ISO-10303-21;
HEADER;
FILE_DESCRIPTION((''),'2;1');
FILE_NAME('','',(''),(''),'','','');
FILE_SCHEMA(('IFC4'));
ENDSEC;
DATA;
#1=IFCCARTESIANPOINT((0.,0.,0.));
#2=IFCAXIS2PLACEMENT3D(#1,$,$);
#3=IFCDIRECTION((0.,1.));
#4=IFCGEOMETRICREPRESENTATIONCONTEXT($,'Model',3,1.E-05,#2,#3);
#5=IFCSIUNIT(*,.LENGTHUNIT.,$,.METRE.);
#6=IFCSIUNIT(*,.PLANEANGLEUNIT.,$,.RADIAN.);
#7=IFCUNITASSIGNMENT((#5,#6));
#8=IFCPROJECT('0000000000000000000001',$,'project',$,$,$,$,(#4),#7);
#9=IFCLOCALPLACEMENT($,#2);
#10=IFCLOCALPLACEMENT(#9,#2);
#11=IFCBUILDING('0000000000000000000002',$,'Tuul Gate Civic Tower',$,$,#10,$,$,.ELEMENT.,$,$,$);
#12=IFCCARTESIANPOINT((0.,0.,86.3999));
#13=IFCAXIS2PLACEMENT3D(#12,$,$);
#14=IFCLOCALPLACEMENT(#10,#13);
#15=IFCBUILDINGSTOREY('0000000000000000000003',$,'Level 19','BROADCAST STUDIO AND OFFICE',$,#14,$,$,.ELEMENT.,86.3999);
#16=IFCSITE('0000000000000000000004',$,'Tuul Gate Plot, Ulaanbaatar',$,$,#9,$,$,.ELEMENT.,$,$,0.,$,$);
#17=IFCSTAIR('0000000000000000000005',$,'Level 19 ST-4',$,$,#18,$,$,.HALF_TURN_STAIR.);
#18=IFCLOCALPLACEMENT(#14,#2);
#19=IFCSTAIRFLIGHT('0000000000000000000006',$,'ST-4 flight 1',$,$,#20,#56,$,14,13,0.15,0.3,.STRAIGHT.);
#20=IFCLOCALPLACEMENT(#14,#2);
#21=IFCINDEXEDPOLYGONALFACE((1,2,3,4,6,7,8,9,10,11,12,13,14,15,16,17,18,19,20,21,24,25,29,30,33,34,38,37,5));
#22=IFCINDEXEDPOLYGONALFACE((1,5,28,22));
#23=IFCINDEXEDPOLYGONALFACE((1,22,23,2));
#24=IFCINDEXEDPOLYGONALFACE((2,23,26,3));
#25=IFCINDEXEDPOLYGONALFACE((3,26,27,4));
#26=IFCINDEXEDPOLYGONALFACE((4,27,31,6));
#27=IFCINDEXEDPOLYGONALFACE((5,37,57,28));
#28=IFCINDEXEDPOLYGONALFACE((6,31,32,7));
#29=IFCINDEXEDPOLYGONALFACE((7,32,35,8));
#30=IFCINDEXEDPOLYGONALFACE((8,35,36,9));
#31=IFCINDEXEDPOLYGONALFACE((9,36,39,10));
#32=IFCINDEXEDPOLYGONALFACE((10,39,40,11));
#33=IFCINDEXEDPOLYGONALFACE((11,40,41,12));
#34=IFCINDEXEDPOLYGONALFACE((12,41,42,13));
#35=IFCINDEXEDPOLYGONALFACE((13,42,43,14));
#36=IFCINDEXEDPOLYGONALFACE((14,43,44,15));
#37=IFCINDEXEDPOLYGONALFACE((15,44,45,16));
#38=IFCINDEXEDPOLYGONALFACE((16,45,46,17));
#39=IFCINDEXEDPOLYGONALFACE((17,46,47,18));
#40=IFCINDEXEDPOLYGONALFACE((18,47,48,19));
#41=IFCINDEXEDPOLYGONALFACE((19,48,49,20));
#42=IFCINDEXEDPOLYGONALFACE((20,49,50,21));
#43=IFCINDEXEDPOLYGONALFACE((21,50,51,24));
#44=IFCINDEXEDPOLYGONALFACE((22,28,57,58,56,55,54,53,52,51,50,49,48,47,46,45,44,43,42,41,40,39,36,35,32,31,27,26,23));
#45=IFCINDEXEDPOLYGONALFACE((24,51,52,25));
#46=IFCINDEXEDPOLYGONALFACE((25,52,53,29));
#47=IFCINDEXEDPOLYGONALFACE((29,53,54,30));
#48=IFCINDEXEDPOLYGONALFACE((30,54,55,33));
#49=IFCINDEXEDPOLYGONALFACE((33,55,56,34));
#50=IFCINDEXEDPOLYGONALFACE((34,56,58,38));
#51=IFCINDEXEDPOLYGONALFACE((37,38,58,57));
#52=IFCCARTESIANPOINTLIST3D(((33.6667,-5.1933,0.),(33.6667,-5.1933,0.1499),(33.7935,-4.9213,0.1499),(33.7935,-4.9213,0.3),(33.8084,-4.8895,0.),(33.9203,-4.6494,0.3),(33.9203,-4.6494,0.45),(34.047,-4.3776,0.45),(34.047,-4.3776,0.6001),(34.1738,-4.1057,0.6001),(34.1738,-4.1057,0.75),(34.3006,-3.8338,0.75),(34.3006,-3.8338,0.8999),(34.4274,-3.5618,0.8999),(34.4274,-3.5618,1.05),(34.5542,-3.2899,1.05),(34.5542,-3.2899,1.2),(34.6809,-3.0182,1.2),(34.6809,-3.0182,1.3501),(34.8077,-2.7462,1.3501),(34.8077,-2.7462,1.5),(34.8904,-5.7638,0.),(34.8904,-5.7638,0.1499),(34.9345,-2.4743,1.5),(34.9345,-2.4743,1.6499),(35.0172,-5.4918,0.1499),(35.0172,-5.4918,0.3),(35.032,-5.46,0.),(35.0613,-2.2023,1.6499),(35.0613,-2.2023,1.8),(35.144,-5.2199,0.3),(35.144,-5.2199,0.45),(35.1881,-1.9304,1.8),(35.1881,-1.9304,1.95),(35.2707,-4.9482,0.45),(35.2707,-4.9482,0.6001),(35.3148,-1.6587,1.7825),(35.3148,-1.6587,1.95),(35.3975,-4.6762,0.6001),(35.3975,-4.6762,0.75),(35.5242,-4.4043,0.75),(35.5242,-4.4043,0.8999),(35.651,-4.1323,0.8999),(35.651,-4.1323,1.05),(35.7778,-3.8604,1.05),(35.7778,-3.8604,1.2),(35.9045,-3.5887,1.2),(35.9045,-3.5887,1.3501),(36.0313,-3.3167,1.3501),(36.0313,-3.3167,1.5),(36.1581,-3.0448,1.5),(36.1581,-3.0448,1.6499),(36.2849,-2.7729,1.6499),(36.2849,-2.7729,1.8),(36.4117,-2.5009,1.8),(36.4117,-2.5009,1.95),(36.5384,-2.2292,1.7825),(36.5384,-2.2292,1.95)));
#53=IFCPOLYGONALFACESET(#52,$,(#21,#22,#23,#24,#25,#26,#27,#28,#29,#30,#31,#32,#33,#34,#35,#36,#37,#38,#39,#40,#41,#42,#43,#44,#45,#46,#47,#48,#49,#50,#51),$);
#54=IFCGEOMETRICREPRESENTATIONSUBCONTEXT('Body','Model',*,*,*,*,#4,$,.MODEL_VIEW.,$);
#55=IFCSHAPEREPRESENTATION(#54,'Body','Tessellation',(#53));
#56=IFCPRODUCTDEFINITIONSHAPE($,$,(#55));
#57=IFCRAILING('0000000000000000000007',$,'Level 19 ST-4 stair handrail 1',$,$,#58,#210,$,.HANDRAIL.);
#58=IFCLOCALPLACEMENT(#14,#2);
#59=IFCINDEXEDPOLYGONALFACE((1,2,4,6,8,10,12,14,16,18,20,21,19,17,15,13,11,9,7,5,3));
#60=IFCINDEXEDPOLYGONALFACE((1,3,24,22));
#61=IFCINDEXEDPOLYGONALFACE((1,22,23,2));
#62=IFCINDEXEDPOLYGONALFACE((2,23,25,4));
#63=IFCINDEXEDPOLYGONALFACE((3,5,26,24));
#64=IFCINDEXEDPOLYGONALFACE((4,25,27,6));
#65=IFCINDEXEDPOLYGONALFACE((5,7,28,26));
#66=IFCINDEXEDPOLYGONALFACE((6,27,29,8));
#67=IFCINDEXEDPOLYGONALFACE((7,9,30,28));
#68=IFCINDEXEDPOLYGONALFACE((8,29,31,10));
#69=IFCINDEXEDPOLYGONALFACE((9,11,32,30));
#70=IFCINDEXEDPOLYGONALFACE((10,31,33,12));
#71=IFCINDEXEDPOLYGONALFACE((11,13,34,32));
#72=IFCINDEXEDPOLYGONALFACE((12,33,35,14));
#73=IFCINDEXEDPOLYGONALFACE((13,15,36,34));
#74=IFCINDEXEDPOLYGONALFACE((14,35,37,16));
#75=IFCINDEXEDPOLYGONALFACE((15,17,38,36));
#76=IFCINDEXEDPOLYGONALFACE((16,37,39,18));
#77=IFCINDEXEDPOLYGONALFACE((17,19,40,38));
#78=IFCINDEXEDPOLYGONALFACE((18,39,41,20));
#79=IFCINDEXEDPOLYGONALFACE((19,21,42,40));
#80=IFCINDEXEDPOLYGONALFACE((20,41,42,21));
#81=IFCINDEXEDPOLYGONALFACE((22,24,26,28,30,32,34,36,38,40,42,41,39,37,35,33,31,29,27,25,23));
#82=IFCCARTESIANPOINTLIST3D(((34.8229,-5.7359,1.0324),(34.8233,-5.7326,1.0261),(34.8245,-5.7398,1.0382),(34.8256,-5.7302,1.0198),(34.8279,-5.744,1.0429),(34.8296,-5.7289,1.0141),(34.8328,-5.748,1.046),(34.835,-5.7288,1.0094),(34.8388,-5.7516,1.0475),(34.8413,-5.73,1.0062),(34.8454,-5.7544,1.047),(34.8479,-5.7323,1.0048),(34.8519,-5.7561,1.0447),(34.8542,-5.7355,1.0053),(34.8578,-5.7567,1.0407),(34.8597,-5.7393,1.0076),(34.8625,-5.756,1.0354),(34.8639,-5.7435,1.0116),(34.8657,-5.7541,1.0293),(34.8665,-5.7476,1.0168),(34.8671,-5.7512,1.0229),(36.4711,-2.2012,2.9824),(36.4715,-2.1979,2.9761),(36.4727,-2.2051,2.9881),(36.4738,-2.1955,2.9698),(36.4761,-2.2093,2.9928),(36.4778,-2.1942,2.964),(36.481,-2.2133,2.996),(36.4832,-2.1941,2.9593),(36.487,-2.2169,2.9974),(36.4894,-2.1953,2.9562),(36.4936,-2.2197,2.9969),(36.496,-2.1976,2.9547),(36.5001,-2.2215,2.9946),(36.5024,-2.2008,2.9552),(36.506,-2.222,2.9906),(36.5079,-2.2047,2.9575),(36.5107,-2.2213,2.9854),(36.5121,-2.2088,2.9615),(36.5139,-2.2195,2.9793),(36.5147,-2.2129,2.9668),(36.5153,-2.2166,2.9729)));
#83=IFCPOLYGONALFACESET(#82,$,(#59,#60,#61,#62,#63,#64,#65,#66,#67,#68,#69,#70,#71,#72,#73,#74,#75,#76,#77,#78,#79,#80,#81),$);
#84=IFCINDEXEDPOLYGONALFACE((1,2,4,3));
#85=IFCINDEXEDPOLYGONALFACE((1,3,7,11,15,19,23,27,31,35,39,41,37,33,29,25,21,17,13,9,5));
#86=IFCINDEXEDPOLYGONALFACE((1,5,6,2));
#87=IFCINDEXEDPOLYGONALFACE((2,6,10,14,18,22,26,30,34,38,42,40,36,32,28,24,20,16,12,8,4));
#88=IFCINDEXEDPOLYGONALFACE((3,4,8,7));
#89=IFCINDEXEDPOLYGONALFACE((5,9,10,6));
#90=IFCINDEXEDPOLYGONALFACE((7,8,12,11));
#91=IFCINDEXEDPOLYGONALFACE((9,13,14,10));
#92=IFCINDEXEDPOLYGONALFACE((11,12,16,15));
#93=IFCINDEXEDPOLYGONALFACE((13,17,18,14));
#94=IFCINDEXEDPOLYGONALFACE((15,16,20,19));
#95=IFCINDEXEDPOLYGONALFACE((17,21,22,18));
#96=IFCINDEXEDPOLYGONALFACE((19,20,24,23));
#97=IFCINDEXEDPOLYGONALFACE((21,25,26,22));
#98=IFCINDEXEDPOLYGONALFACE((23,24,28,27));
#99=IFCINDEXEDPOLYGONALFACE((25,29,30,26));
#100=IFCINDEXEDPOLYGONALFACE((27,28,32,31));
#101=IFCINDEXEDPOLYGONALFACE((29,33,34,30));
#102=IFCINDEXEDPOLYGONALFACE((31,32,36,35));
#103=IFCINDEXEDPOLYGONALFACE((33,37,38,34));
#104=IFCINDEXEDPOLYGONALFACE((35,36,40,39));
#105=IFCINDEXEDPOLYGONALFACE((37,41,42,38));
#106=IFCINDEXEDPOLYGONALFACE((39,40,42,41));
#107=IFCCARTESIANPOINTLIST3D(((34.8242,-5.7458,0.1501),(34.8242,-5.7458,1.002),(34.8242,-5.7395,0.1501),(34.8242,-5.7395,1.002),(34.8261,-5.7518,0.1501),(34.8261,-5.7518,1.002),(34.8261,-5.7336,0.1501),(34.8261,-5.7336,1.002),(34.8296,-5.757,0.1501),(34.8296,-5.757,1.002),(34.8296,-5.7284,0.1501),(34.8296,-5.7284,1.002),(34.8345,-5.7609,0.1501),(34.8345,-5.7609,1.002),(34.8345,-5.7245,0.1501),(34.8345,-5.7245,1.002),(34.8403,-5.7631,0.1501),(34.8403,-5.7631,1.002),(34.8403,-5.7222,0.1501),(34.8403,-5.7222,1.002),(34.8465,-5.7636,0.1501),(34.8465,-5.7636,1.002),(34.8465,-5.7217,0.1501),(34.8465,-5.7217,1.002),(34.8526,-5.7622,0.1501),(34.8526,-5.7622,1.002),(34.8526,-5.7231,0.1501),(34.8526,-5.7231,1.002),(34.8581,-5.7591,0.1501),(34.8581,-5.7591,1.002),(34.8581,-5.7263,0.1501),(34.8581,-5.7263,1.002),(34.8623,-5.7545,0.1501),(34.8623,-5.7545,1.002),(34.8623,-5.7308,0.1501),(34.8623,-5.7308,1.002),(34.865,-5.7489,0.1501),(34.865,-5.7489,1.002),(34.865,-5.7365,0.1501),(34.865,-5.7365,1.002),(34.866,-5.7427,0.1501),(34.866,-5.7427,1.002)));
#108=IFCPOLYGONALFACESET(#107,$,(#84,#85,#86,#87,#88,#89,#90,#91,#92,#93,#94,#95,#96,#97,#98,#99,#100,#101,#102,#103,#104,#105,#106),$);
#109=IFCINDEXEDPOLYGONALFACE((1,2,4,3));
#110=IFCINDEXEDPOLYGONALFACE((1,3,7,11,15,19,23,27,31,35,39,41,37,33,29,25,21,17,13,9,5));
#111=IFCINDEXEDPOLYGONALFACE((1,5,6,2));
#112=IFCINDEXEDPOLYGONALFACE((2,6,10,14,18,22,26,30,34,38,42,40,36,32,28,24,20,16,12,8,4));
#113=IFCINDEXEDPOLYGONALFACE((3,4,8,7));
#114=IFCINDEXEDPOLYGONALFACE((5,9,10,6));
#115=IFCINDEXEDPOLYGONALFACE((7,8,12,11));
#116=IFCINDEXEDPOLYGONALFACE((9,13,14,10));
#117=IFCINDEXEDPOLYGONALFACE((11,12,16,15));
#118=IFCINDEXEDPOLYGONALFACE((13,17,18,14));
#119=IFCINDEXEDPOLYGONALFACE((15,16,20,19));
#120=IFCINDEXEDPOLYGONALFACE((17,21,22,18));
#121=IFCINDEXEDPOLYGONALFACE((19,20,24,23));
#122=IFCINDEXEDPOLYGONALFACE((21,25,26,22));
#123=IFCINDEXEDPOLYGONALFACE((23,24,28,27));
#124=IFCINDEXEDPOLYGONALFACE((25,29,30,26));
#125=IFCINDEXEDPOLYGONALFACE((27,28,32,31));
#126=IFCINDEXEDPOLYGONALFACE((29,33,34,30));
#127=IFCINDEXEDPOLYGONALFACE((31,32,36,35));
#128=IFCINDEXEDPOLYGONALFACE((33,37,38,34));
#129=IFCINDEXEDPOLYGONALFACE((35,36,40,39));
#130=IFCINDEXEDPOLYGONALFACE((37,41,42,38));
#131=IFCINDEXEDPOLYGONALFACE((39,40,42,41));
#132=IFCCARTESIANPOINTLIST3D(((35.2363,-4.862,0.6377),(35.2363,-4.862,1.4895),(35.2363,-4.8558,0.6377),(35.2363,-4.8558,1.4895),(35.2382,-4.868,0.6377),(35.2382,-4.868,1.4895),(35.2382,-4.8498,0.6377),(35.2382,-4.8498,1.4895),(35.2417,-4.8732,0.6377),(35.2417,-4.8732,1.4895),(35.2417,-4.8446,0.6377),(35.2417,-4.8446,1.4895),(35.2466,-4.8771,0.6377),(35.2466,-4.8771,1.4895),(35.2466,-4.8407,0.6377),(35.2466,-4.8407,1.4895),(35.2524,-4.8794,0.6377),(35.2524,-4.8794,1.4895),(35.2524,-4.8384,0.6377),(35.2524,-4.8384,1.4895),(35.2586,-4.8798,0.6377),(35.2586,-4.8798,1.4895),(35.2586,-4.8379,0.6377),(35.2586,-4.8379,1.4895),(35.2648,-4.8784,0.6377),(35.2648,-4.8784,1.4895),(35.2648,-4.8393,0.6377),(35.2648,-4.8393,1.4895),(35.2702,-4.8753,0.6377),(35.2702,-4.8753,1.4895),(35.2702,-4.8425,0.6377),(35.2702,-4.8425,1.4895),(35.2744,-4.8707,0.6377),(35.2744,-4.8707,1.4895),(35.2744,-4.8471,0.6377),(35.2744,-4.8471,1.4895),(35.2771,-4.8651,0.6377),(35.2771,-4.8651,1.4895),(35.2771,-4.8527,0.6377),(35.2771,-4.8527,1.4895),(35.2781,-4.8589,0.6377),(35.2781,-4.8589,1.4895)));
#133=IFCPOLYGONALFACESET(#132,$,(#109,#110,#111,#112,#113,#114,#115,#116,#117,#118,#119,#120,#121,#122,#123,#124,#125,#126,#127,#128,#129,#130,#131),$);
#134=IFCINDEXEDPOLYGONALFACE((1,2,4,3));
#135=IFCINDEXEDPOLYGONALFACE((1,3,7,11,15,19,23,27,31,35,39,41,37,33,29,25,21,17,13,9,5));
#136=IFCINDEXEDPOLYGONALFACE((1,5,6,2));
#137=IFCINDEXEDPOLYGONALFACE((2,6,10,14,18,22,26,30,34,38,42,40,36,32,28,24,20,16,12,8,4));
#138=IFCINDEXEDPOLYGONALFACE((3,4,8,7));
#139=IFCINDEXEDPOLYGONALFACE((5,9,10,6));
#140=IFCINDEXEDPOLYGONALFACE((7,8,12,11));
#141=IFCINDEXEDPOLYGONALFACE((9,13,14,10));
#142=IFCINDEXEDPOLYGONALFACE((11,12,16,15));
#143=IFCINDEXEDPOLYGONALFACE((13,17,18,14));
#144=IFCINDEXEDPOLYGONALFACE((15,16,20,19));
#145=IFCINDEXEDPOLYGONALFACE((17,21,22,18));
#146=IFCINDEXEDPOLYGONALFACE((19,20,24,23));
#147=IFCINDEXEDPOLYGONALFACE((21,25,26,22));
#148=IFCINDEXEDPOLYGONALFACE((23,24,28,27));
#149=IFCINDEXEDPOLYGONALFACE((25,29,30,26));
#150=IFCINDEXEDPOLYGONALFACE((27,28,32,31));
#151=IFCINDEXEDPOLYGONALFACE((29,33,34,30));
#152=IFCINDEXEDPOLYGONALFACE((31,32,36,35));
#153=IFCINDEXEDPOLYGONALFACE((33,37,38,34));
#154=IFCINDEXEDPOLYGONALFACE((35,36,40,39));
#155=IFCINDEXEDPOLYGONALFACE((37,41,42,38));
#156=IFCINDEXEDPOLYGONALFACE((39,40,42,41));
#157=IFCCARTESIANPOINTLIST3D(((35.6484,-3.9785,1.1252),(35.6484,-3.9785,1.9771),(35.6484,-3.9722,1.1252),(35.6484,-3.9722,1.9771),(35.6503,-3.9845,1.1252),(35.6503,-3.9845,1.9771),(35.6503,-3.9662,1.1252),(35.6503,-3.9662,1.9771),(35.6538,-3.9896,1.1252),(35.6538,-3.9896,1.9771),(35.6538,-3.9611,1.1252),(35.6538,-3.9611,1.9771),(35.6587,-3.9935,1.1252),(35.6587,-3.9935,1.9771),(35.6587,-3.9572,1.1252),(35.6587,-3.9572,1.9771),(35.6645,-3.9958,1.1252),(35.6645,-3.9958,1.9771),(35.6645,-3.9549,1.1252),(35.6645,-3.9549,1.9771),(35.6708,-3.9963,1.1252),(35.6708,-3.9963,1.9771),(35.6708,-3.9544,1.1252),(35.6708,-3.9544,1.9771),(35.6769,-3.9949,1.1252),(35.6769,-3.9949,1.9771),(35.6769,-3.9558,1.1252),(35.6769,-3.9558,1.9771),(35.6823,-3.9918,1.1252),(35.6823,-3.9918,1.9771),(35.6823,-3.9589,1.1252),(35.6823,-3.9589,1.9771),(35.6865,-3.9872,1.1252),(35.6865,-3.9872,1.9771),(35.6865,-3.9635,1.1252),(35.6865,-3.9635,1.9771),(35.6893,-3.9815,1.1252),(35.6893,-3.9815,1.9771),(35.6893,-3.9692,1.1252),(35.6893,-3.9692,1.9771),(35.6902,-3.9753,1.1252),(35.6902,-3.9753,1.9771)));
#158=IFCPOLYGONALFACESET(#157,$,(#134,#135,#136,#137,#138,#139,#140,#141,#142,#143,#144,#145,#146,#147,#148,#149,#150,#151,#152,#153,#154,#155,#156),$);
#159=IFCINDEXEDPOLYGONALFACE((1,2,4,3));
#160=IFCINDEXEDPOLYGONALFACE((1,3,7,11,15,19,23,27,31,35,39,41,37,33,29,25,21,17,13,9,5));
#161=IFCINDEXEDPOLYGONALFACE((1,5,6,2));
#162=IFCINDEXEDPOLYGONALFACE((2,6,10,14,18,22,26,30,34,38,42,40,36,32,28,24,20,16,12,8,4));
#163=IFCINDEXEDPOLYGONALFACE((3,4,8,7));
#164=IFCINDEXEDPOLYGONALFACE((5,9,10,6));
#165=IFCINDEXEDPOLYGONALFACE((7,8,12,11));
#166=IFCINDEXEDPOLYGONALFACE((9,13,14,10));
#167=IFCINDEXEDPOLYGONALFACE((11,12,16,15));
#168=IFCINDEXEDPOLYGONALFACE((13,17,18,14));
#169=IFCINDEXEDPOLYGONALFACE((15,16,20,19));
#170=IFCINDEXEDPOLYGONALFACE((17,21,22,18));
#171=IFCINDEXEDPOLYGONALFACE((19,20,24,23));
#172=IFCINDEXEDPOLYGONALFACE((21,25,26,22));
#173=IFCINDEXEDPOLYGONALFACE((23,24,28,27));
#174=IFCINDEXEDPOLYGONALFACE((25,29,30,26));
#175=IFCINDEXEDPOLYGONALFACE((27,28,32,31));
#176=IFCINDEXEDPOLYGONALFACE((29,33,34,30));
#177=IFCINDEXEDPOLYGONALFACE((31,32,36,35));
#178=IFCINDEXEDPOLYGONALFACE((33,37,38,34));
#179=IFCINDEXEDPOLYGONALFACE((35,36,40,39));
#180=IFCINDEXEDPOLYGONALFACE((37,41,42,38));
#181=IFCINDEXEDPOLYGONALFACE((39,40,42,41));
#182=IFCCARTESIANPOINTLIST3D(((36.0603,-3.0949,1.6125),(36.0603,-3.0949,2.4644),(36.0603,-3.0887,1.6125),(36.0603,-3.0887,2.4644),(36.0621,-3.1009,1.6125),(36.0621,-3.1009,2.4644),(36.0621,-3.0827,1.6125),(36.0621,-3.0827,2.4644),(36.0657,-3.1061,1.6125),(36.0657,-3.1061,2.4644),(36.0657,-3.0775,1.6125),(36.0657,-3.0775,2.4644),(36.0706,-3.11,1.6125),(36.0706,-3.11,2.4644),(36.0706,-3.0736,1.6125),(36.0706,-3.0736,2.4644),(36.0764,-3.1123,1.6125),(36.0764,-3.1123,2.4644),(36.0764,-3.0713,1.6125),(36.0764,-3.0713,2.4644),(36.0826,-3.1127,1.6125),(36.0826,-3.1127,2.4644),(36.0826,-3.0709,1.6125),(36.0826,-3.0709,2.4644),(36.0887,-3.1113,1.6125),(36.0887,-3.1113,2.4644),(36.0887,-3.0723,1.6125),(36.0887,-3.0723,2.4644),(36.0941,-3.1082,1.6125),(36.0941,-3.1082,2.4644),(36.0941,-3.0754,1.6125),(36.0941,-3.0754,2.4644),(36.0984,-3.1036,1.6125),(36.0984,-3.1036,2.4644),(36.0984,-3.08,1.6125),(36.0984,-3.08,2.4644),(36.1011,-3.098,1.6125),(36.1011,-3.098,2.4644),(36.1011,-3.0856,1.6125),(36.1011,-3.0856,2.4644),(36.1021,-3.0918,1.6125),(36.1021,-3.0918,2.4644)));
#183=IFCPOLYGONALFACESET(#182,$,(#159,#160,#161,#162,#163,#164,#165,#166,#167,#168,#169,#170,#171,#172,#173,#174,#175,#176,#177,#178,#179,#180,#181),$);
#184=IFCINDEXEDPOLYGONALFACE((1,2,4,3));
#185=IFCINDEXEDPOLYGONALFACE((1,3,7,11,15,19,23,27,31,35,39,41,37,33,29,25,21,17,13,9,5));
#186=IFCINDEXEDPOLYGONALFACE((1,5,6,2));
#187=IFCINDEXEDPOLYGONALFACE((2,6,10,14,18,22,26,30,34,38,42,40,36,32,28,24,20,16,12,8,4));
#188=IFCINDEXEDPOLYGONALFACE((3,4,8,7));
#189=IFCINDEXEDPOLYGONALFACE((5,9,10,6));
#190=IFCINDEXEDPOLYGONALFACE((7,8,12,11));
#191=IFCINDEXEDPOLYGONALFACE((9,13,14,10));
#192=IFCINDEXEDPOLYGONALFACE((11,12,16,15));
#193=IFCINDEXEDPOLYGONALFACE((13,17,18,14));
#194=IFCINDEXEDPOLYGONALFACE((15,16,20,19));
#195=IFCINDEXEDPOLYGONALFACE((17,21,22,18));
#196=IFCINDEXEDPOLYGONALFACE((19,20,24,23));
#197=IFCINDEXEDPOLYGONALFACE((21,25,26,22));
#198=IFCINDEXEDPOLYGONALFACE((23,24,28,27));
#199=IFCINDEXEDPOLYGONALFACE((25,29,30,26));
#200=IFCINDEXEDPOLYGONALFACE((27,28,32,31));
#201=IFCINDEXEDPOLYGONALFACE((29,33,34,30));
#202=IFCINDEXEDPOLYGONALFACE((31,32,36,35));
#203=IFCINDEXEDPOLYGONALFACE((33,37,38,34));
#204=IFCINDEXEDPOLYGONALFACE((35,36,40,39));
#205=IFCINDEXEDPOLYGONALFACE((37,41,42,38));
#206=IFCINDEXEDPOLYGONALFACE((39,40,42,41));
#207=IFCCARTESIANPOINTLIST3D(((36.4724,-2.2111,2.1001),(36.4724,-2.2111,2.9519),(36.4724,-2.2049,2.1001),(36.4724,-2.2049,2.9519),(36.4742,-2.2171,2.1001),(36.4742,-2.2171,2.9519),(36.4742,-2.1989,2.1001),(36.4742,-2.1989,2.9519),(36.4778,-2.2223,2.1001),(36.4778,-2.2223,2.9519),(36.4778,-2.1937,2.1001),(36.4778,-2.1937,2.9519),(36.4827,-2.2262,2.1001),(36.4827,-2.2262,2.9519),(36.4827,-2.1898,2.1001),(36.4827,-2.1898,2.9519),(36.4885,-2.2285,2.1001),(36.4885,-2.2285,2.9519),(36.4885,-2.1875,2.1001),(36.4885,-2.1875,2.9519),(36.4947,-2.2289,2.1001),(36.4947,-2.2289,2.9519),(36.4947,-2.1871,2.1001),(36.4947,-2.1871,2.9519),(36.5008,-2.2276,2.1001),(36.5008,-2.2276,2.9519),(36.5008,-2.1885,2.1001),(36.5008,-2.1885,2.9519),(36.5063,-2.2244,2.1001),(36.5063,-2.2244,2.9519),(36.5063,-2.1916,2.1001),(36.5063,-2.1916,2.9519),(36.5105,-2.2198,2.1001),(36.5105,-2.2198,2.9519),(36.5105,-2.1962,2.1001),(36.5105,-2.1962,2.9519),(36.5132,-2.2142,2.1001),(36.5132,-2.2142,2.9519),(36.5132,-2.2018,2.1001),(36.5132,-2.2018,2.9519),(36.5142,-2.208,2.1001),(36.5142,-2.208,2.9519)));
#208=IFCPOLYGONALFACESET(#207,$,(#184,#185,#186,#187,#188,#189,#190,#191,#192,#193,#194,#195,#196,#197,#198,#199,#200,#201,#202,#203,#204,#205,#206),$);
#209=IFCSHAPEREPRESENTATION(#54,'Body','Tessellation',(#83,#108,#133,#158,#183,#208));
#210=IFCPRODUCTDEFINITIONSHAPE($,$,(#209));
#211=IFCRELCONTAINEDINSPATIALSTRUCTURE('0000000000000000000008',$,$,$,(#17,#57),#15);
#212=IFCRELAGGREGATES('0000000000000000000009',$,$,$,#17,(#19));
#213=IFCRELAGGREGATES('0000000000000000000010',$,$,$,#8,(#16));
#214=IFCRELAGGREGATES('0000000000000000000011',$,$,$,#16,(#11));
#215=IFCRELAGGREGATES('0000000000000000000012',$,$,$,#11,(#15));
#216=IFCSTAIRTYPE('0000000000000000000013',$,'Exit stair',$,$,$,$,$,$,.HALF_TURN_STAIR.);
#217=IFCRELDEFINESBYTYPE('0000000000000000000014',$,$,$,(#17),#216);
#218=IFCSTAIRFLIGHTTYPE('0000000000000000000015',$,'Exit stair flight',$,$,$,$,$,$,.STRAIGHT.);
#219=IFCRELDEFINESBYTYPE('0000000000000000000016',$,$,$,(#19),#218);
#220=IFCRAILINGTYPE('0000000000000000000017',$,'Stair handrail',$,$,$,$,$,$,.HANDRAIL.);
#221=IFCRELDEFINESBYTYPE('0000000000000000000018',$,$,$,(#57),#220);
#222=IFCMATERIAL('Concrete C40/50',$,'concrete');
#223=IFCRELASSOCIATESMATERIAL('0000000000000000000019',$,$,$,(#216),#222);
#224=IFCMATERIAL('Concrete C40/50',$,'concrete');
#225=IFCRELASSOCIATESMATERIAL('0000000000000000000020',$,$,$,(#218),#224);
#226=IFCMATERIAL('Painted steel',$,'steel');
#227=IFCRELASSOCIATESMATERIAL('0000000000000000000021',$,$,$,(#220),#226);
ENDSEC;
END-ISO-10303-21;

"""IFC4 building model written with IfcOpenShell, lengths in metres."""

from ifc_helpers import new_model, si_unit, direction, frame, origin, origin_2d, place, context, subcontext, project, spatial, polyline, circle, outline, extrude, material, type_object, element, aggregate, save


model = new_model("IFC4")

# Units and contexts
model_context = context("Model", 3, precision=1e-05, world=origin(), true_north=direction((0.0, 1.0)))
body_context = subcontext(model_context, "Body", "Model", "MODEL_VIEW")
ifc_project = project(units=[si_unit("LENGTHUNIT", "METRE"), si_unit("PLANEANGLEUNIT", "RADIAN")], contexts=[model_context])

# Site, building, storey
site_placement = place(None, origin())
site = spatial("IfcSite", under=ifc_project, at=site_placement, Name="Tuul Gate Plot, Ulaanbaatar", CompositionType="ELEMENT", RefElevation=0.0)
building_placement = place(site_placement, origin())
building = spatial("IfcBuilding", under=site, at=building_placement, Name="Tuul Gate Civic Tower", CompositionType="ELEMENT")
storey_placement = place(building_placement, frame((0.0, 0.0, 86.3999)))
storey = spatial("IfcBuildingStorey", under=building, at=storey_placement, Name="Level 19", Description="BROADCAST STUDIO AND OFFICE", CompositionType="ELEMENT", Elevation=86.3999)

# Stair, stair flight
ifc_material_1 = material(Name="Concrete C40/50", Category="concrete")
stair_type = type_object("IfcStairType", Name="Exit stair", PredefinedType="HALF_TURN_STAIR", material=ifc_material_1)
stair_placement = place(storey_placement, origin())
stair = element("IfcStair", 1, at=stair_placement, inside=storey, type_object=stair_type, Name="Level 19 ST-4", PredefinedType="HALF_TURN_STAIR")
ifc_material_2 = material(Name="Concrete C40/50", Category="concrete")
stair_flight_type = type_object("IfcStairFlightType", Name="Exit stair flight", PredefinedType="STRAIGHT", material=ifc_material_2)
stair_flight_placement = place(storey_placement, frame((34.2786, -5.4785, 0.0), z_axis=(0.0, 0.0, 1.0), x_axis=(0.422576, 0.906327, 0.0)))
stair_flight = element("IfcStairFlight", 2, at=stair_flight_placement, type_object=stair_flight_type, Name="ST-4 flight 1", NumberOfRisers=14, NumberOfTreads=13, PredefinedType="STRAIGHT", RiserHeight=0.15, TreadLength=0.3, context=body_context, shape_type="SweptSolid", body=[
    extrude(outline(polyline([(0.0, 0.0), (0.0, 0.1499), (0.3, 0.1499), (0.3, 0.3), (0.6001, 0.3), (0.6001, 0.45), (0.8999, 0.45), (0.8999, 0.6001), (1.2, 0.6001), (1.2, 0.75), (1.5, 0.75), (1.5, 0.8999), (1.8, 0.8999), (1.8, 1.05), (2.1001, 1.05), (2.1001, 1.2), (2.3999, 1.2), (2.3999, 1.3501), (2.7, 1.3501), (2.7, 1.5), (3.0, 1.5), (3.0, 1.6499), (3.3, 1.6499), (3.3, 1.8), (3.6001, 1.8), (3.6001, 1.95), (3.8999, 1.95), (3.8999, 2.1001), (3.8999, 1.7825), (0.3352, 0.0), (0.0, 0.0)])), frame((0.0, 0.675, 0.0), z_axis=(0.0, -1.0, 0.0), x_axis=(1.0, 0.0, 0.0)), (0.0, 0.0, 1.0), 1.3501),
])
aggregate(stair, [stair_flight])

# Railing
ifc_material_3 = material(Name="Painted steel", Category="steel")
railing_type_1 = type_object("IfcRailingType", Name="Stair handrail", PredefinedType="HANDRAIL", material=ifc_material_3)
railing_1_placement = place(storey_placement, frame((34.845, -5.7427, 0.1501)))
element("IfcRailing", 3, at=railing_1_placement, inside=storey, type_object=railing_type_1, Name="Level 19 ST-4 stair handrail 1", PredefinedType="HANDRAIL", context=body_context, shape_type="SweptSolid", body=[
    extrude(circle(Radius=0.0239, at=origin_2d()), frame((0.0, 0.0, 0.876), z_axis=(0.377995, 0.810637, 0.4472), x_axis=(-0.906313, 0.422608, 0.0)), (0.0, 0.0, 1.0), 4.3604),
    extrude(circle(Radius=0.021, at=origin_2d()), origin(), (0.0, 0.0, 1.0), 0.8518),
    extrude(circle(Radius=0.021, at=origin_2d()), frame((0.4121, 0.8838, 0.4875)), (0.0, 0.0, 1.0), 0.8518),
    extrude(circle(Radius=0.021, at=origin_2d()), frame((0.8242, 1.7673, 0.9751)), (0.0, 0.0, 1.0), 0.8518),
    extrude(circle(Radius=0.021, at=origin_2d()), frame((1.2361, 2.6509, 1.4624)), (0.0, 0.0, 1.0), 0.8518),
    extrude(circle(Radius=0.021, at=origin_2d()), frame((1.6482, 3.5347, 1.95)), (0.0, 0.0, 1.0), 0.8518),
])

save(model, "model.ifc")
